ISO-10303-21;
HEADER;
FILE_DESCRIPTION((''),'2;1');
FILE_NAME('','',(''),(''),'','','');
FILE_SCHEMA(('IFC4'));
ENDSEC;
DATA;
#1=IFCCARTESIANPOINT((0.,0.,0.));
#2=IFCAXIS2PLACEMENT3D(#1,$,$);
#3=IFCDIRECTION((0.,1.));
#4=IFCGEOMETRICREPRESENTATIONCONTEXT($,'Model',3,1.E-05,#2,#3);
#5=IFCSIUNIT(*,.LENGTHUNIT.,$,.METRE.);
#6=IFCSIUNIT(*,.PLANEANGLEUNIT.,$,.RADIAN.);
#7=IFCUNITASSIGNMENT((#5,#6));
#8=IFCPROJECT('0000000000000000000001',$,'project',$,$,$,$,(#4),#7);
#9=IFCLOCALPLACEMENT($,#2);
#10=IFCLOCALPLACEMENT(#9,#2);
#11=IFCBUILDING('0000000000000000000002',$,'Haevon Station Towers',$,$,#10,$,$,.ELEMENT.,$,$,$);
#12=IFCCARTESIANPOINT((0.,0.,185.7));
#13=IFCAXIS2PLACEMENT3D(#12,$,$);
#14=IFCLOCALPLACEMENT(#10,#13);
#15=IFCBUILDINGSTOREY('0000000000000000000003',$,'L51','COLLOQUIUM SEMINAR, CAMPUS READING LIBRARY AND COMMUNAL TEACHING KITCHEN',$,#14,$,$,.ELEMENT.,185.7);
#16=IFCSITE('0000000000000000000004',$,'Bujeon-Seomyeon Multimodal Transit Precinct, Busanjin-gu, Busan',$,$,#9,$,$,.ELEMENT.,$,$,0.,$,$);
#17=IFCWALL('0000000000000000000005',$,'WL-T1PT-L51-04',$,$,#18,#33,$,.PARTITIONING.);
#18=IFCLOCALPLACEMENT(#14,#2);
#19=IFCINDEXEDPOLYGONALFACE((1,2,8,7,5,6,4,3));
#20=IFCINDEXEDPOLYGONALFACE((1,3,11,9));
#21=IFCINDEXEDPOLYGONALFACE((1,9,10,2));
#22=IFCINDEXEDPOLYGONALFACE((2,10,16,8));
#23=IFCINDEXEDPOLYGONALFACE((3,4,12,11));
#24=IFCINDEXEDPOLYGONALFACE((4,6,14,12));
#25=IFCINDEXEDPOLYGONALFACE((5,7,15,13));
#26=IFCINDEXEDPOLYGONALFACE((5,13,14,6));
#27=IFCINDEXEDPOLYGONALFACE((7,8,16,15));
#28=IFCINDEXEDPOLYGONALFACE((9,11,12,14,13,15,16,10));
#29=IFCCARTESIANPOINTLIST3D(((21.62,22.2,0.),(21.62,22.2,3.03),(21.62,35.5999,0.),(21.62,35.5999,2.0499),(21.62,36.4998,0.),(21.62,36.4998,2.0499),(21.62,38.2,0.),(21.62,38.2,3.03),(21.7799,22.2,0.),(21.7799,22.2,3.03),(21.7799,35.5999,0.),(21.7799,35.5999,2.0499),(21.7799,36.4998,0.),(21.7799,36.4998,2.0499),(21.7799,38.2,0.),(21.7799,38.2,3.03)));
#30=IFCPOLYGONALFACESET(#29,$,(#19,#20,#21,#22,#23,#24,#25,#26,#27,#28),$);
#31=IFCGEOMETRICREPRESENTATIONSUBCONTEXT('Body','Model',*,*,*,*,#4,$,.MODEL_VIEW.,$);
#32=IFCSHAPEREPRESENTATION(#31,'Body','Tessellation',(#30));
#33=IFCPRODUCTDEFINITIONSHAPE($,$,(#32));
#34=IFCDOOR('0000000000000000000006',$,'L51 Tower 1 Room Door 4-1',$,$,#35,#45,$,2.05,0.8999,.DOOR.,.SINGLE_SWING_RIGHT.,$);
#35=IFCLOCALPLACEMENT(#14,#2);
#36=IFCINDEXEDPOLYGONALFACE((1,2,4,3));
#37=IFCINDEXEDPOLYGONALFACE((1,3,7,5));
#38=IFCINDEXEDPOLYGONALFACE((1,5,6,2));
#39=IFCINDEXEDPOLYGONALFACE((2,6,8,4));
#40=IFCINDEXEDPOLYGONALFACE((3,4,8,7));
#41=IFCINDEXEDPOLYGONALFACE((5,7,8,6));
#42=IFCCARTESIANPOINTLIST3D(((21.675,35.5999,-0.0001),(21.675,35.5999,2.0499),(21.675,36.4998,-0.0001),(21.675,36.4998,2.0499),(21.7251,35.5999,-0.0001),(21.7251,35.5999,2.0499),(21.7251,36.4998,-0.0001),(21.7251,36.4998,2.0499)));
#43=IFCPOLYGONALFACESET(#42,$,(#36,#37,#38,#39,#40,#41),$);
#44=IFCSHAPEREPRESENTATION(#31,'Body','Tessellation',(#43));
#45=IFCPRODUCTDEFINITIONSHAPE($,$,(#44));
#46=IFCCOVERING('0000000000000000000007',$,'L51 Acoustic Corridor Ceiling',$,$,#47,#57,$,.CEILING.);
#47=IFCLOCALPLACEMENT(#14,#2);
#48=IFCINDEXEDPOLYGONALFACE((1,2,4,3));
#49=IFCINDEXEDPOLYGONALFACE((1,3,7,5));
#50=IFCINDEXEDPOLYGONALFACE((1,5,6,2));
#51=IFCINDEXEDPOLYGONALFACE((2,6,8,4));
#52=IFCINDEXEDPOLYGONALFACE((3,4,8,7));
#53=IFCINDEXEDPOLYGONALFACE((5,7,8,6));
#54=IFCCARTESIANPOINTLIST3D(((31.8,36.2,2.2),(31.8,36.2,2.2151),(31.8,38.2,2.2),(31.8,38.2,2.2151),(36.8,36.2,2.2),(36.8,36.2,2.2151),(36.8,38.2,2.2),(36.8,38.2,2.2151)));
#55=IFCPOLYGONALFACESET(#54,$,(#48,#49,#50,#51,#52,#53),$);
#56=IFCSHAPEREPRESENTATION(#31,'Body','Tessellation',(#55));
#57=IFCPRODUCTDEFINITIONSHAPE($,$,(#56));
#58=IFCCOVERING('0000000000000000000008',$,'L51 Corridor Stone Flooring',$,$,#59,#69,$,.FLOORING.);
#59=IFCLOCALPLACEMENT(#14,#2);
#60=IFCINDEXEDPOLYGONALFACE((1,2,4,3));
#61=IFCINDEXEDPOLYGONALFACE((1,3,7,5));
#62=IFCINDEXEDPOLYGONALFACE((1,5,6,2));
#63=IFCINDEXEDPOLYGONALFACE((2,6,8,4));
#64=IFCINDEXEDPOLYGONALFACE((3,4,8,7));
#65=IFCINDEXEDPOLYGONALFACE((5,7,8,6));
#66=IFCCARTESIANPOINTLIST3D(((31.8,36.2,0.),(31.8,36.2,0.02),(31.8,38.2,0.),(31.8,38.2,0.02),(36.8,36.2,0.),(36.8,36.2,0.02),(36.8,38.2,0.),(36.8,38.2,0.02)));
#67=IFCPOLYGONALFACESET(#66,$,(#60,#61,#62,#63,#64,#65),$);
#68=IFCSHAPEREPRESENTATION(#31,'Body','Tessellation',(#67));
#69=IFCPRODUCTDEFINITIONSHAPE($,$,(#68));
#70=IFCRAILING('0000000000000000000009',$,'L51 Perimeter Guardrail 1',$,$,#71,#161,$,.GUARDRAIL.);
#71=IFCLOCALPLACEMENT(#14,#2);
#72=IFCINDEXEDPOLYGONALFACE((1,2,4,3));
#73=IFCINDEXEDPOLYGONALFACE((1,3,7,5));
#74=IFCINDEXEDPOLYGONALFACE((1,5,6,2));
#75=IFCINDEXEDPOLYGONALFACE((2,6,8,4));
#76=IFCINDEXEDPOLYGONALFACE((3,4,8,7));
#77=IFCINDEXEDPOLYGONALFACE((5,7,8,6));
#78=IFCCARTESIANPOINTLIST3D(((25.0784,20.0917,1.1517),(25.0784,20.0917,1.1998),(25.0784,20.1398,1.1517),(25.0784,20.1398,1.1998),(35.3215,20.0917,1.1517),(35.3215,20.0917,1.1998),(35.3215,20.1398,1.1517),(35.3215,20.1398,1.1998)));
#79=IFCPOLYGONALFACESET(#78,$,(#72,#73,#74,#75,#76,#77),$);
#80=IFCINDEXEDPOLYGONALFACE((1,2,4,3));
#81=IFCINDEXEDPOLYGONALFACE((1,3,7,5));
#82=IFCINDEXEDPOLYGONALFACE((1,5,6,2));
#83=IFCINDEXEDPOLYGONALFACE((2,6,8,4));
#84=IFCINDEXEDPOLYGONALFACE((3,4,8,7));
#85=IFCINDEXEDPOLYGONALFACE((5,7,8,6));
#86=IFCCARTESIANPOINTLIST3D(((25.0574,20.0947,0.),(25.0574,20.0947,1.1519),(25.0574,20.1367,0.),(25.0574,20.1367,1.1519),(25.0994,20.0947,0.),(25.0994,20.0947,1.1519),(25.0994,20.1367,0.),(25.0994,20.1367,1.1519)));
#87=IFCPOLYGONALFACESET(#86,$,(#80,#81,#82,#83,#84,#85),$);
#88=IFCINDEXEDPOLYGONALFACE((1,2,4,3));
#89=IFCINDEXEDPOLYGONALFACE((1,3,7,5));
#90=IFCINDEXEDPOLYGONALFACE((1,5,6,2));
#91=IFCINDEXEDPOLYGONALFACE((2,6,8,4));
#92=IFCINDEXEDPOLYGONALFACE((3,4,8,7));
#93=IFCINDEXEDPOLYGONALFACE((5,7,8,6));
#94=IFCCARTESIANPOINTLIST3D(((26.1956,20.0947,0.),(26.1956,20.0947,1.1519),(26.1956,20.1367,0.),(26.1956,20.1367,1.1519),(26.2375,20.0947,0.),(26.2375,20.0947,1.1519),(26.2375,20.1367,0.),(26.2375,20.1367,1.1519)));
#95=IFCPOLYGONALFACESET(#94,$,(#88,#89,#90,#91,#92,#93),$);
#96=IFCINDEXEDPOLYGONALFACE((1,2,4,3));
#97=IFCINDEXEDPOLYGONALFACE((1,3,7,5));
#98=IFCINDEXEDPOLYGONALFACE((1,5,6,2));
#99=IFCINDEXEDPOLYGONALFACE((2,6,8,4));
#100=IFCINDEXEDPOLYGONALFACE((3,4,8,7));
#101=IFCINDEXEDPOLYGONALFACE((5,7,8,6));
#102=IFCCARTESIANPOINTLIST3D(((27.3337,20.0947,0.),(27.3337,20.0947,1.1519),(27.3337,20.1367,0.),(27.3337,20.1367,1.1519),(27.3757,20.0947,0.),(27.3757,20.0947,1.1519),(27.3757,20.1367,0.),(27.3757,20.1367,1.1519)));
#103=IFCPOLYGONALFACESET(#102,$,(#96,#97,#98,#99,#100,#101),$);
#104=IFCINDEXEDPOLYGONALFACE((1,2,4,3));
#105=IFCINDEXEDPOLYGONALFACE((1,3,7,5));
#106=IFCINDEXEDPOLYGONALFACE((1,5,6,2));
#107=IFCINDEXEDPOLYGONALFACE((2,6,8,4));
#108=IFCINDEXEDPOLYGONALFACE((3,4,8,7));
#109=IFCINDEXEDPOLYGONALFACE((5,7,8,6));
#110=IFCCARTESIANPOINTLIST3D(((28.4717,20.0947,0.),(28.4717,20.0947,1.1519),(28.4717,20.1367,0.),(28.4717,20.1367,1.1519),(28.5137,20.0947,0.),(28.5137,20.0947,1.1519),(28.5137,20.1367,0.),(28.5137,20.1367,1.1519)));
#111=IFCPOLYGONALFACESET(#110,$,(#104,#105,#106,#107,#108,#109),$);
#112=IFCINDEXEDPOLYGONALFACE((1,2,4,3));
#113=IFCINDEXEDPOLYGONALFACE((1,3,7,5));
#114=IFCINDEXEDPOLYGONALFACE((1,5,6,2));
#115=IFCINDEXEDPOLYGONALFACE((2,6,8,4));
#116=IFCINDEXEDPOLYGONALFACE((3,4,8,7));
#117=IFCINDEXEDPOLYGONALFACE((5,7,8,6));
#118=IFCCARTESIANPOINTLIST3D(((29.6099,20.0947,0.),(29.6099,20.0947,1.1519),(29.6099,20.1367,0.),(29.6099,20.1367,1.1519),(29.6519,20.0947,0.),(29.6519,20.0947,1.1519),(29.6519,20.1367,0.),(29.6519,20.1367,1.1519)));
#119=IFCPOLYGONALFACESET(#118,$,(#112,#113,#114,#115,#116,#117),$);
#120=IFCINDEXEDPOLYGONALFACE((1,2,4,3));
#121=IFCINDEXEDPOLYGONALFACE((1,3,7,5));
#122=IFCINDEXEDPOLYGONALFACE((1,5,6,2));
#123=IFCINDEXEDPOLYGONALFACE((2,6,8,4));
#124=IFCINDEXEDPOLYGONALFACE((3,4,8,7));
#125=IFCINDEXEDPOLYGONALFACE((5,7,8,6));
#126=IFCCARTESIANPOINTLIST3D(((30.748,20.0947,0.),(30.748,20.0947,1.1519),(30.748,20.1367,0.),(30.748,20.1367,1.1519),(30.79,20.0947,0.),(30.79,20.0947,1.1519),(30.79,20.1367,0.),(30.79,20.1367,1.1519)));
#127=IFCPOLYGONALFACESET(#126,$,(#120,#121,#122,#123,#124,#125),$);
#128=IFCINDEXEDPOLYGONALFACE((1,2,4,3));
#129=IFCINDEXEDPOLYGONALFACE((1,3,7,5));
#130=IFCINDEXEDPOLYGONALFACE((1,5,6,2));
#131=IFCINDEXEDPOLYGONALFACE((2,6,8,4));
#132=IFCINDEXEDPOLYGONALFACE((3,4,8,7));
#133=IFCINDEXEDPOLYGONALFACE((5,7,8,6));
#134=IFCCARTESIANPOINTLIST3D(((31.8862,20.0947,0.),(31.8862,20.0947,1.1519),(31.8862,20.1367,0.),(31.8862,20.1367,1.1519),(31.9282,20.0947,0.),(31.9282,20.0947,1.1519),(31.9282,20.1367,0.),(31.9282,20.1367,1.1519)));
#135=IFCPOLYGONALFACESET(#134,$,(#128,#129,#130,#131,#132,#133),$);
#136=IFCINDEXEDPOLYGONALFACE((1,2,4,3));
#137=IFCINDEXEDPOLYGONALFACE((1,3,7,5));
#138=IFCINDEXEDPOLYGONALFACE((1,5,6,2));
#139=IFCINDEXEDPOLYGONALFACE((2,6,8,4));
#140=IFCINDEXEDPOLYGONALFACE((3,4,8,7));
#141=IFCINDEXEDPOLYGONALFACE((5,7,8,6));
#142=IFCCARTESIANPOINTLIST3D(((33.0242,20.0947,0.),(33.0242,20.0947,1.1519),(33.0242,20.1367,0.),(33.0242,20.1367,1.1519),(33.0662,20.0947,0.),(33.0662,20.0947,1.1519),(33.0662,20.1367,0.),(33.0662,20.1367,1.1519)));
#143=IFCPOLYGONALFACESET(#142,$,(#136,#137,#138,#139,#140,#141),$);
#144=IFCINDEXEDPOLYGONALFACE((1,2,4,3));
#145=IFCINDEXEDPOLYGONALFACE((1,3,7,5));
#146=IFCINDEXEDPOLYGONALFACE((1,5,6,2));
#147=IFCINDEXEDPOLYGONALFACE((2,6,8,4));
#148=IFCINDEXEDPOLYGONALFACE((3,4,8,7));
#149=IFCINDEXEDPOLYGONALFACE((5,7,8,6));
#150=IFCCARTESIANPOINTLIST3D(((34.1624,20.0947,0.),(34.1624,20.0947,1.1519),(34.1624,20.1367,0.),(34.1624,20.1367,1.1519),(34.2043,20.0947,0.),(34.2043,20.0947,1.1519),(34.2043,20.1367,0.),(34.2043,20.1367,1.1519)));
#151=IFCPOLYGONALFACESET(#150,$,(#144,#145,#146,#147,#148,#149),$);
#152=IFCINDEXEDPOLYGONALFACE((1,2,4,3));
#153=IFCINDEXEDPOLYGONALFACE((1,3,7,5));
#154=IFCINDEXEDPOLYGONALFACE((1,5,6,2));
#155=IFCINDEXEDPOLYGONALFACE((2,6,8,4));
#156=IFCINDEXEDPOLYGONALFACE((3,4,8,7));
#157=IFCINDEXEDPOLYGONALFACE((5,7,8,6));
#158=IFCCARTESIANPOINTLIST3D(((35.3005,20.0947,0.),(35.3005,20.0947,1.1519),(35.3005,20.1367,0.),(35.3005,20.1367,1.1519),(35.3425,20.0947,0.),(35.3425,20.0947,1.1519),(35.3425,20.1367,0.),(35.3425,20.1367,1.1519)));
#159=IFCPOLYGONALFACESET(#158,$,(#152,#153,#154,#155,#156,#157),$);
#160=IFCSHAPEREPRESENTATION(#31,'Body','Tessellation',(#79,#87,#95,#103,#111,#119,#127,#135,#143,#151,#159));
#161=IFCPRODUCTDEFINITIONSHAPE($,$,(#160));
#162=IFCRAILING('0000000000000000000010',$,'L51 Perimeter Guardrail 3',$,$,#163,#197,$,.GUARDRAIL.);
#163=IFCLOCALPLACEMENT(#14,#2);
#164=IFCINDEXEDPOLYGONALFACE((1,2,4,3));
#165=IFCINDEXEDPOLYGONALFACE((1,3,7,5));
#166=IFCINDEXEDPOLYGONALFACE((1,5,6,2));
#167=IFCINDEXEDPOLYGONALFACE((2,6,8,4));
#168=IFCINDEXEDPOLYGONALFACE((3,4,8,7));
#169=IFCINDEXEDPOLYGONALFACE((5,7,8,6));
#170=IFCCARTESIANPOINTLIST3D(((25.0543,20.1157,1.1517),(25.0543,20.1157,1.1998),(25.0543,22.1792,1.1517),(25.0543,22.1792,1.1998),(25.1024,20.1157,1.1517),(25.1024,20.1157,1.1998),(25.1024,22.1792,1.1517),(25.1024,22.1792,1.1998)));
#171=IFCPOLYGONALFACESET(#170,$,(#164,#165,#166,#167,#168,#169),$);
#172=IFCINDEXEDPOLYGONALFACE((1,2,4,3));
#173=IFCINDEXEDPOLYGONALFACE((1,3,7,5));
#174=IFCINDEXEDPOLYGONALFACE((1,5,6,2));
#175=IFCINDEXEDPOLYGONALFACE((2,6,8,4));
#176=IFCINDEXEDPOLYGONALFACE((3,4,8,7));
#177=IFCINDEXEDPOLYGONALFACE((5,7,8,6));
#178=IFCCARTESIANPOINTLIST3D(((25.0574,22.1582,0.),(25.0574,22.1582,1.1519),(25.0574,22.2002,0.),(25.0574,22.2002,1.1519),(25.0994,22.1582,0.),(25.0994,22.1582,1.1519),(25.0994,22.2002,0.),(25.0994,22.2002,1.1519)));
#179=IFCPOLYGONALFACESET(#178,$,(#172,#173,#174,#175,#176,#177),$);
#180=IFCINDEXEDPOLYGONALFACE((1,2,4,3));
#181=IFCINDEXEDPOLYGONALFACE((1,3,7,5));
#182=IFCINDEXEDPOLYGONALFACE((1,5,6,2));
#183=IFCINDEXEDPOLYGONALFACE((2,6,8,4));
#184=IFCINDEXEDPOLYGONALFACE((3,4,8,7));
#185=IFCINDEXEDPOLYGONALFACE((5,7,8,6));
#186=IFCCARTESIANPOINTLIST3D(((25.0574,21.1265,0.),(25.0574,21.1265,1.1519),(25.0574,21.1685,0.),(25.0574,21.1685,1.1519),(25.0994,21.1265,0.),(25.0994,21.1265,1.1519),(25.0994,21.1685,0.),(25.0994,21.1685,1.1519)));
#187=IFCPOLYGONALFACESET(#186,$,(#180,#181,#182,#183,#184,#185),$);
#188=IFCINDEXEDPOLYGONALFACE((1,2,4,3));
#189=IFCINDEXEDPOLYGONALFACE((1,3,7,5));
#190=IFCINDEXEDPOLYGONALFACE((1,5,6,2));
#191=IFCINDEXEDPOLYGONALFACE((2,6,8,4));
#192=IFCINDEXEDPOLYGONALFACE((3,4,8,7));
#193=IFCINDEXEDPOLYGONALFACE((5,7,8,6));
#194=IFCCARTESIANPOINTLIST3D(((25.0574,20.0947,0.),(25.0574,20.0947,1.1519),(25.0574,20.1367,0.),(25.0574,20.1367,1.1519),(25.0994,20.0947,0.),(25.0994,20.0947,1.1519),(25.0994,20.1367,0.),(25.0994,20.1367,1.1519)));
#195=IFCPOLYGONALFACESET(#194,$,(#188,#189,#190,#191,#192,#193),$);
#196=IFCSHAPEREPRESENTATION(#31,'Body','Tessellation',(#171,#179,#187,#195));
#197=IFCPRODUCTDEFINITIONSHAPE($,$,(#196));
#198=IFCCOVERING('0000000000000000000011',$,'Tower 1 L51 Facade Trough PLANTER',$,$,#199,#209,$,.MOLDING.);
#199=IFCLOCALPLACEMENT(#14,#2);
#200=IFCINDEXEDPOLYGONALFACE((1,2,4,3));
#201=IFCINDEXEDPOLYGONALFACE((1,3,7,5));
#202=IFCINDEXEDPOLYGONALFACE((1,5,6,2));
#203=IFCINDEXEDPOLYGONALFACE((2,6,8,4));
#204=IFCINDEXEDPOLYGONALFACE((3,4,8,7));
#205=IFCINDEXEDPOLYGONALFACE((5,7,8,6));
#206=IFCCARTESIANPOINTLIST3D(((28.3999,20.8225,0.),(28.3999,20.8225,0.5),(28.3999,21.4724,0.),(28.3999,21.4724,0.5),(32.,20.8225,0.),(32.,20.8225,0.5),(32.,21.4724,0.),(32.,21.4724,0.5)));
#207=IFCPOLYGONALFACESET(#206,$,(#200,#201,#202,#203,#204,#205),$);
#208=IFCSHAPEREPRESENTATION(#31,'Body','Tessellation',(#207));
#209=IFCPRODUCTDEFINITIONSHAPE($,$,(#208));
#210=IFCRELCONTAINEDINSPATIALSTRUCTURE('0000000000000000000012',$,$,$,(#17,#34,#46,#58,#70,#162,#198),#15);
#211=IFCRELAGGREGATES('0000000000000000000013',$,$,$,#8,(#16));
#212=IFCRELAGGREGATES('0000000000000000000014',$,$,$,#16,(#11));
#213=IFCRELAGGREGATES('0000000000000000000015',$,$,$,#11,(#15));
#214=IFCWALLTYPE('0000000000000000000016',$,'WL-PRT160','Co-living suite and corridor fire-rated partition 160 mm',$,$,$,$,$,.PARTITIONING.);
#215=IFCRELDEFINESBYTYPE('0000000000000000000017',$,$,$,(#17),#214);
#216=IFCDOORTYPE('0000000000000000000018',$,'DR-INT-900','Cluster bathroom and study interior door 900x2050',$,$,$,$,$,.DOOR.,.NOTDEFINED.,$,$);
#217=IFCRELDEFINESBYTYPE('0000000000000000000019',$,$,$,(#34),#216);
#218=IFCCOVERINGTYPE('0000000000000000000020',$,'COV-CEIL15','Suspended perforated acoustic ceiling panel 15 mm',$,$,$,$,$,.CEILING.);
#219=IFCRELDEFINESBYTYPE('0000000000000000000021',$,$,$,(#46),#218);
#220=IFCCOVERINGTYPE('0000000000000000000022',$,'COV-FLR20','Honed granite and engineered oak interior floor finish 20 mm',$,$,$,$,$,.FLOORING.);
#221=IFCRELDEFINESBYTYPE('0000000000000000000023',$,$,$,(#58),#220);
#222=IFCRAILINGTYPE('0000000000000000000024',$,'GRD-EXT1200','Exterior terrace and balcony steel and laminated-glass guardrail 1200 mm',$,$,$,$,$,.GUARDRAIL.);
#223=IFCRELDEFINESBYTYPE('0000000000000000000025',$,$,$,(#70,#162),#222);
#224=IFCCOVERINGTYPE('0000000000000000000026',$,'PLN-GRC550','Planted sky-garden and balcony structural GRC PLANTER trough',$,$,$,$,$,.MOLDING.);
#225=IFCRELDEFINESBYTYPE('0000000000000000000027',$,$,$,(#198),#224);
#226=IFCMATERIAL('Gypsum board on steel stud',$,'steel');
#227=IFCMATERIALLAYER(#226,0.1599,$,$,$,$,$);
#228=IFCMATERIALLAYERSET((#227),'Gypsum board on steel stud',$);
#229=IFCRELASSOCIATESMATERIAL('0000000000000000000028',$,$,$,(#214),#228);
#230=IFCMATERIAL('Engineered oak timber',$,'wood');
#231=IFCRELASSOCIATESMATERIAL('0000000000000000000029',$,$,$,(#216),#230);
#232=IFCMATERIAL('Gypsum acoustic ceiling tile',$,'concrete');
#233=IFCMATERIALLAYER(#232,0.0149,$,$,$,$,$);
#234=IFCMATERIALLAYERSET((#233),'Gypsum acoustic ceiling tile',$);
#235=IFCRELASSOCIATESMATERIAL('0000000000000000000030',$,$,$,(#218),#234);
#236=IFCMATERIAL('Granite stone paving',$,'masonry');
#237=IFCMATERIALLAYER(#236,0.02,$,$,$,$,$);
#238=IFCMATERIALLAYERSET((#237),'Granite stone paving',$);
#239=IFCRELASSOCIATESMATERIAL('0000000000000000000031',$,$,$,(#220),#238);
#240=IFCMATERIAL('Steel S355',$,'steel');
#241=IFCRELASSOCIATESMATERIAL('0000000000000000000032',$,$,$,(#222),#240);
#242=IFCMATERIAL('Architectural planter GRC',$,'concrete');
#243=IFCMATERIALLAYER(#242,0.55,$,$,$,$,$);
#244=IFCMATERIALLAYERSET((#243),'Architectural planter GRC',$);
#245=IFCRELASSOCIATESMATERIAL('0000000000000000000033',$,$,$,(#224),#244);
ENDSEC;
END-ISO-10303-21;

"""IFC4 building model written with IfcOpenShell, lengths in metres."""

from ifc_helpers import new_model, si_unit, direction, frame, frame_2d, origin, origin_2d, place, context, subcontext, project, spatial, polyline, rectangle, outline, extrude, material, layer, layer_set, type_object, element, fill, save


model = new_model("IFC4")

# Units and contexts
model_context = context("Model", 3, precision=1e-05, world=origin(), true_north=direction((0.0, 1.0)))
body_context = subcontext(model_context, "Body", "Model", "MODEL_VIEW")
ifc_project = project(units=[si_unit("LENGTHUNIT", "METRE"), si_unit("PLANEANGLEUNIT", "RADIAN")], contexts=[model_context])

# Site, building, storey
site_placement = place(None, origin())
site = spatial("IfcSite", under=ifc_project, at=site_placement, Name="Bujeon-Seomyeon Multimodal Transit Precinct, Busanjin-gu, Busan", CompositionType="ELEMENT", RefElevation=0.0)
building_placement = place(site_placement, origin())
building = spatial("IfcBuilding", under=site, at=building_placement, Name="Haevon Station Towers", CompositionType="ELEMENT")
storey_placement = place(building_placement, frame((0.0, 0.0, 185.7)))
storey = spatial("IfcBuildingStorey", under=building, at=storey_placement, Name="L51", Description="COLLOQUIUM SEMINAR, CAMPUS READING LIBRARY AND COMMUNAL TEACHING KITCHEN", CompositionType="ELEMENT", Elevation=185.7)

# Shared definitions
ifc_material_1 = material(Name="Steel S355", Category="steel")

# Shared definitions
ifc_material_2 = material(Name="Gypsum board on steel stud", Category="steel")
ifc_layer_1 = layer(ifc_material_2, 0.1599)
ifc_layer_set_1 = layer_set([ifc_layer_1], Name="Gypsum board on steel stud")
wall_type_1 = type_object("IfcWallType", Name="WL-PRT160", Description="Co-living suite and corridor fire-rated partition 160 mm", PredefinedType="PARTITIONING", material=ifc_layer_set_1)

# Wall, opening, door
wall_1_placement = place(storey_placement, frame((21.7, 22.2, 0.0), z_axis=(0.0, 0.0, 1.0), x_axis=(0.0, 1.0, 0.0)))
wall_1 = element("IfcWall", 1, at=wall_1_placement, inside=storey, type_object=wall_type_1, Name="WL-T1PT-L51-04", PredefinedType="PARTITIONING", context=body_context, shape_type="SweptSolid", body=[
    extrude(rectangle(XDim=16.0, YDim=0.1599, at=frame_2d((8.0, 0.0))), origin(), (0.0, 0.0, 1.0), 3.03),
])
opening_placement = place(wall_1_placement, frame((13.3999, 0.0, 0.0)))
opening = element("IfcOpeningElement", 2, at=opening_placement, cuts=wall_1, PredefinedType="OPENING", context=body_context, shape_type="SweptSolid", body=[
    extrude(rectangle(XDim=0.8999, YDim=2.05, at=frame_2d((0.45, 1.0249))), frame((0.0, 0.0898, 0.0), z_axis=(0.0, -1.0, 0.0), x_axis=(1.0, 0.0, 0.0)), (0.0, 0.0, 1.0), 0.1799),
])
ifc_material_3 = material(Name="Engineered oak timber", Category="wood")
door_type = type_object("IfcDoorType", Name="DR-INT-900", Description="Cluster bathroom and study interior door 900x2050", OperationType="NOTDEFINED", PredefinedType="DOOR", material=ifc_material_3)
door_placement = place(opening_placement, origin())
door = element("IfcDoor", 3, at=door_placement, inside=storey, type_object=door_type, Name="L51 Tower 1 Room Door 4-1", OperationType="SINGLE_SWING_RIGHT", OverallHeight=2.05, OverallWidth=0.8999, PredefinedType="DOOR", context=body_context, shape_type="SweptSolid", body=[
    extrude(rectangle(XDim=0.8999, YDim=2.05, at=frame_2d((0.45, 1.0249))), frame((0.0, 0.0249, 0.0), z_axis=(0.0, -1.0, 0.0), x_axis=(1.0, 0.0, 0.0)), (0.0, 0.0, 1.0), 0.05),
])
fill(opening, door)

# Coverings
ifc_material_4 = material(Name="Gypsum acoustic ceiling tile", Category="concrete")
ifc_layer_2 = layer(ifc_material_4, 0.0149)
ifc_layer_set_2 = layer_set([ifc_layer_2], Name="Gypsum acoustic ceiling tile")
covering_type_1 = type_object("IfcCoveringType", Name="COV-CEIL15", Description="Suspended perforated acoustic ceiling panel 15 mm", PredefinedType="CEILING", material=ifc_layer_set_2)
covering_1_placement = place(storey_placement, frame((0.0, 0.0, 2.2)))
element("IfcCovering", 4, at=covering_1_placement, inside=storey, type_object=covering_type_1, Name="L51 Acoustic Corridor Ceiling", PredefinedType="CEILING", context=body_context, shape_type="SweptSolid", body=[
    extrude(outline(polyline([(31.8, 36.2), (36.8, 36.2), (36.8, 38.2), (31.8, 38.2), (31.8, 36.2)])), origin(), (0.0, 0.0, 1.0), 0.0151),
])
ifc_material_5 = material(Name="Granite stone paving", Category="masonry")
ifc_layer_3 = layer(ifc_material_5, 0.02)
ifc_layer_set_3 = layer_set([ifc_layer_3], Name="Granite stone paving")
covering_type_2 = type_object("IfcCoveringType", Name="COV-FLR20", Description="Honed granite and engineered oak interior floor finish 20 mm", PredefinedType="FLOORING", material=ifc_layer_set_3)
covering_2_placement = place(storey_placement, origin())
element("IfcCovering", 5, at=covering_2_placement, inside=storey, type_object=covering_type_2, Name="L51 Corridor Stone Flooring", PredefinedType="FLOORING", context=body_context, shape_type="SweptSolid", body=[
    extrude(outline(polyline([(31.8, 36.2), (36.8, 36.2), (36.8, 38.2), (31.8, 38.2), (31.8, 36.2)])), origin(), (0.0, 0.0, 1.0), 0.02),
])

# Railings
railing_type = type_object("IfcRailingType", Name="GRD-EXT1200", Description="Exterior terrace and balcony steel and laminated-glass guardrail 1200 mm", PredefinedType="GUARDRAIL", material=ifc_material_1)
railing_1_placement = place(storey_placement, frame((25.0784, 20.1157, 0.0)))
element("IfcRailing", 6, at=railing_1_placement, inside=storey, type_object=railing_type, Name="L51 Perimeter Guardrail 1", PredefinedType="GUARDRAIL", context=body_context, shape_type="SweptSolid", body=[
    extrude(rectangle(XDim=0.0481, YDim=0.0481, at=origin_2d()), frame((0.0, 0.0, 1.1758), z_axis=(1.0, 0.0, 0.0), x_axis=(0.0, 1.0, 0.0)), (0.0, 0.0, 1.0), 10.2432),
    extrude(rectangle(XDim=0.042, YDim=0.042, at=origin_2d()), origin(), (0.0, 0.0, 1.0), 1.1519),
    extrude(rectangle(XDim=0.042, YDim=0.042, at=origin_2d()), frame((1.1382, 0.0, 0.0)), (0.0, 0.0, 1.0), 1.1519),
    extrude(rectangle(XDim=0.042, YDim=0.042, at=origin_2d()), frame((2.2764, 0.0, 0.0)), (0.0, 0.0, 1.0), 1.1519),
    extrude(rectangle(XDim=0.042, YDim=0.042, at=origin_2d()), frame((3.4143, 0.0, 0.0)), (0.0, 0.0, 1.0), 1.1519),
    extrude(rectangle(XDim=0.042, YDim=0.042, at=origin_2d()), frame((4.5525, 0.0, 0.0)), (0.0, 0.0, 1.0), 1.1519),
    extrude(rectangle(XDim=0.042, YDim=0.042, at=origin_2d()), frame((5.6907, 0.0, 0.0)), (0.0, 0.0, 1.0), 1.1519),
    extrude(rectangle(XDim=0.042, YDim=0.042, at=origin_2d()), frame((6.8289, 0.0, 0.0)), (0.0, 0.0, 1.0), 1.1519),
    extrude(rectangle(XDim=0.042, YDim=0.042, at=origin_2d()), frame((7.9668, 0.0, 0.0)), (0.0, 0.0, 1.0), 1.1519),
    extrude(rectangle(XDim=0.042, YDim=0.042, at=origin_2d()), frame((9.105, 0.0, 0.0)), (0.0, 0.0, 1.0), 1.1519),
    extrude(rectangle(XDim=0.042, YDim=0.042, at=origin_2d()), frame((10.2432, 0.0, 0.0)), (0.0, 0.0, 1.0), 1.1519),
])
railing_2_placement = place(storey_placement, frame((25.0784, 22.1792, 0.0)))
element("IfcRailing", 7, at=railing_2_placement, inside=storey, type_object=railing_type, Name="L51 Perimeter Guardrail 3", PredefinedType="GUARDRAIL", context=body_context, shape_type="SweptSolid", body=[
    extrude(rectangle(XDim=0.0481, YDim=0.0481, at=origin_2d()), frame((0.0, 0.0, 1.1758), z_axis=(0.0, -1.0, 0.0), x_axis=(1.0, 0.0, 0.0)), (0.0, 0.0, 1.0), 2.0635),
    extrude(rectangle(XDim=0.042, YDim=0.042, at=origin_2d()), origin(), (0.0, 0.0, 1.0), 1.1519),
    extrude(rectangle(XDim=0.042, YDim=0.042, at=origin_2d()), frame((0.0, -1.0317, 0.0)), (0.0, 0.0, 1.0), 1.1519),
    extrude(rectangle(XDim=0.042, YDim=0.042, at=origin_2d()), frame((0.0, -2.0635, 0.0)), (0.0, 0.0, 1.0), 1.1519),
])

# Covering
ifc_material_6 = material(Name="Architectural planter GRC", Category="concrete")
ifc_layer_4 = layer(ifc_material_6, 0.55)
ifc_layer_set_4 = layer_set([ifc_layer_4], Name="Architectural planter GRC")
covering_type_3 = type_object("IfcCoveringType", Name="PLN-GRC550", Description="Planted sky-garden and balcony structural GRC PLANTER trough", PredefinedType="MOLDING", material=ifc_layer_set_4)
covering_3_placement = place(storey_placement, frame((30.2, 21.1475, 0.0), z_axis=(0.0, 0.0, 1.0), x_axis=(1.0, 0.0, 0.0)))
element("IfcCovering", 8, at=covering_3_placement, inside=storey, type_object=covering_type_3, Name="Tower 1 L51 Facade Trough PLANTER", PredefinedType="MOLDING", context=body_context, shape_type="SweptSolid", body=[
    extrude(rectangle(XDim=3.6001, YDim=0.6499, at=origin_2d()), origin(), (0.0, 0.0, 1.0), 0.5),
])

save(model, "model.ifc")
